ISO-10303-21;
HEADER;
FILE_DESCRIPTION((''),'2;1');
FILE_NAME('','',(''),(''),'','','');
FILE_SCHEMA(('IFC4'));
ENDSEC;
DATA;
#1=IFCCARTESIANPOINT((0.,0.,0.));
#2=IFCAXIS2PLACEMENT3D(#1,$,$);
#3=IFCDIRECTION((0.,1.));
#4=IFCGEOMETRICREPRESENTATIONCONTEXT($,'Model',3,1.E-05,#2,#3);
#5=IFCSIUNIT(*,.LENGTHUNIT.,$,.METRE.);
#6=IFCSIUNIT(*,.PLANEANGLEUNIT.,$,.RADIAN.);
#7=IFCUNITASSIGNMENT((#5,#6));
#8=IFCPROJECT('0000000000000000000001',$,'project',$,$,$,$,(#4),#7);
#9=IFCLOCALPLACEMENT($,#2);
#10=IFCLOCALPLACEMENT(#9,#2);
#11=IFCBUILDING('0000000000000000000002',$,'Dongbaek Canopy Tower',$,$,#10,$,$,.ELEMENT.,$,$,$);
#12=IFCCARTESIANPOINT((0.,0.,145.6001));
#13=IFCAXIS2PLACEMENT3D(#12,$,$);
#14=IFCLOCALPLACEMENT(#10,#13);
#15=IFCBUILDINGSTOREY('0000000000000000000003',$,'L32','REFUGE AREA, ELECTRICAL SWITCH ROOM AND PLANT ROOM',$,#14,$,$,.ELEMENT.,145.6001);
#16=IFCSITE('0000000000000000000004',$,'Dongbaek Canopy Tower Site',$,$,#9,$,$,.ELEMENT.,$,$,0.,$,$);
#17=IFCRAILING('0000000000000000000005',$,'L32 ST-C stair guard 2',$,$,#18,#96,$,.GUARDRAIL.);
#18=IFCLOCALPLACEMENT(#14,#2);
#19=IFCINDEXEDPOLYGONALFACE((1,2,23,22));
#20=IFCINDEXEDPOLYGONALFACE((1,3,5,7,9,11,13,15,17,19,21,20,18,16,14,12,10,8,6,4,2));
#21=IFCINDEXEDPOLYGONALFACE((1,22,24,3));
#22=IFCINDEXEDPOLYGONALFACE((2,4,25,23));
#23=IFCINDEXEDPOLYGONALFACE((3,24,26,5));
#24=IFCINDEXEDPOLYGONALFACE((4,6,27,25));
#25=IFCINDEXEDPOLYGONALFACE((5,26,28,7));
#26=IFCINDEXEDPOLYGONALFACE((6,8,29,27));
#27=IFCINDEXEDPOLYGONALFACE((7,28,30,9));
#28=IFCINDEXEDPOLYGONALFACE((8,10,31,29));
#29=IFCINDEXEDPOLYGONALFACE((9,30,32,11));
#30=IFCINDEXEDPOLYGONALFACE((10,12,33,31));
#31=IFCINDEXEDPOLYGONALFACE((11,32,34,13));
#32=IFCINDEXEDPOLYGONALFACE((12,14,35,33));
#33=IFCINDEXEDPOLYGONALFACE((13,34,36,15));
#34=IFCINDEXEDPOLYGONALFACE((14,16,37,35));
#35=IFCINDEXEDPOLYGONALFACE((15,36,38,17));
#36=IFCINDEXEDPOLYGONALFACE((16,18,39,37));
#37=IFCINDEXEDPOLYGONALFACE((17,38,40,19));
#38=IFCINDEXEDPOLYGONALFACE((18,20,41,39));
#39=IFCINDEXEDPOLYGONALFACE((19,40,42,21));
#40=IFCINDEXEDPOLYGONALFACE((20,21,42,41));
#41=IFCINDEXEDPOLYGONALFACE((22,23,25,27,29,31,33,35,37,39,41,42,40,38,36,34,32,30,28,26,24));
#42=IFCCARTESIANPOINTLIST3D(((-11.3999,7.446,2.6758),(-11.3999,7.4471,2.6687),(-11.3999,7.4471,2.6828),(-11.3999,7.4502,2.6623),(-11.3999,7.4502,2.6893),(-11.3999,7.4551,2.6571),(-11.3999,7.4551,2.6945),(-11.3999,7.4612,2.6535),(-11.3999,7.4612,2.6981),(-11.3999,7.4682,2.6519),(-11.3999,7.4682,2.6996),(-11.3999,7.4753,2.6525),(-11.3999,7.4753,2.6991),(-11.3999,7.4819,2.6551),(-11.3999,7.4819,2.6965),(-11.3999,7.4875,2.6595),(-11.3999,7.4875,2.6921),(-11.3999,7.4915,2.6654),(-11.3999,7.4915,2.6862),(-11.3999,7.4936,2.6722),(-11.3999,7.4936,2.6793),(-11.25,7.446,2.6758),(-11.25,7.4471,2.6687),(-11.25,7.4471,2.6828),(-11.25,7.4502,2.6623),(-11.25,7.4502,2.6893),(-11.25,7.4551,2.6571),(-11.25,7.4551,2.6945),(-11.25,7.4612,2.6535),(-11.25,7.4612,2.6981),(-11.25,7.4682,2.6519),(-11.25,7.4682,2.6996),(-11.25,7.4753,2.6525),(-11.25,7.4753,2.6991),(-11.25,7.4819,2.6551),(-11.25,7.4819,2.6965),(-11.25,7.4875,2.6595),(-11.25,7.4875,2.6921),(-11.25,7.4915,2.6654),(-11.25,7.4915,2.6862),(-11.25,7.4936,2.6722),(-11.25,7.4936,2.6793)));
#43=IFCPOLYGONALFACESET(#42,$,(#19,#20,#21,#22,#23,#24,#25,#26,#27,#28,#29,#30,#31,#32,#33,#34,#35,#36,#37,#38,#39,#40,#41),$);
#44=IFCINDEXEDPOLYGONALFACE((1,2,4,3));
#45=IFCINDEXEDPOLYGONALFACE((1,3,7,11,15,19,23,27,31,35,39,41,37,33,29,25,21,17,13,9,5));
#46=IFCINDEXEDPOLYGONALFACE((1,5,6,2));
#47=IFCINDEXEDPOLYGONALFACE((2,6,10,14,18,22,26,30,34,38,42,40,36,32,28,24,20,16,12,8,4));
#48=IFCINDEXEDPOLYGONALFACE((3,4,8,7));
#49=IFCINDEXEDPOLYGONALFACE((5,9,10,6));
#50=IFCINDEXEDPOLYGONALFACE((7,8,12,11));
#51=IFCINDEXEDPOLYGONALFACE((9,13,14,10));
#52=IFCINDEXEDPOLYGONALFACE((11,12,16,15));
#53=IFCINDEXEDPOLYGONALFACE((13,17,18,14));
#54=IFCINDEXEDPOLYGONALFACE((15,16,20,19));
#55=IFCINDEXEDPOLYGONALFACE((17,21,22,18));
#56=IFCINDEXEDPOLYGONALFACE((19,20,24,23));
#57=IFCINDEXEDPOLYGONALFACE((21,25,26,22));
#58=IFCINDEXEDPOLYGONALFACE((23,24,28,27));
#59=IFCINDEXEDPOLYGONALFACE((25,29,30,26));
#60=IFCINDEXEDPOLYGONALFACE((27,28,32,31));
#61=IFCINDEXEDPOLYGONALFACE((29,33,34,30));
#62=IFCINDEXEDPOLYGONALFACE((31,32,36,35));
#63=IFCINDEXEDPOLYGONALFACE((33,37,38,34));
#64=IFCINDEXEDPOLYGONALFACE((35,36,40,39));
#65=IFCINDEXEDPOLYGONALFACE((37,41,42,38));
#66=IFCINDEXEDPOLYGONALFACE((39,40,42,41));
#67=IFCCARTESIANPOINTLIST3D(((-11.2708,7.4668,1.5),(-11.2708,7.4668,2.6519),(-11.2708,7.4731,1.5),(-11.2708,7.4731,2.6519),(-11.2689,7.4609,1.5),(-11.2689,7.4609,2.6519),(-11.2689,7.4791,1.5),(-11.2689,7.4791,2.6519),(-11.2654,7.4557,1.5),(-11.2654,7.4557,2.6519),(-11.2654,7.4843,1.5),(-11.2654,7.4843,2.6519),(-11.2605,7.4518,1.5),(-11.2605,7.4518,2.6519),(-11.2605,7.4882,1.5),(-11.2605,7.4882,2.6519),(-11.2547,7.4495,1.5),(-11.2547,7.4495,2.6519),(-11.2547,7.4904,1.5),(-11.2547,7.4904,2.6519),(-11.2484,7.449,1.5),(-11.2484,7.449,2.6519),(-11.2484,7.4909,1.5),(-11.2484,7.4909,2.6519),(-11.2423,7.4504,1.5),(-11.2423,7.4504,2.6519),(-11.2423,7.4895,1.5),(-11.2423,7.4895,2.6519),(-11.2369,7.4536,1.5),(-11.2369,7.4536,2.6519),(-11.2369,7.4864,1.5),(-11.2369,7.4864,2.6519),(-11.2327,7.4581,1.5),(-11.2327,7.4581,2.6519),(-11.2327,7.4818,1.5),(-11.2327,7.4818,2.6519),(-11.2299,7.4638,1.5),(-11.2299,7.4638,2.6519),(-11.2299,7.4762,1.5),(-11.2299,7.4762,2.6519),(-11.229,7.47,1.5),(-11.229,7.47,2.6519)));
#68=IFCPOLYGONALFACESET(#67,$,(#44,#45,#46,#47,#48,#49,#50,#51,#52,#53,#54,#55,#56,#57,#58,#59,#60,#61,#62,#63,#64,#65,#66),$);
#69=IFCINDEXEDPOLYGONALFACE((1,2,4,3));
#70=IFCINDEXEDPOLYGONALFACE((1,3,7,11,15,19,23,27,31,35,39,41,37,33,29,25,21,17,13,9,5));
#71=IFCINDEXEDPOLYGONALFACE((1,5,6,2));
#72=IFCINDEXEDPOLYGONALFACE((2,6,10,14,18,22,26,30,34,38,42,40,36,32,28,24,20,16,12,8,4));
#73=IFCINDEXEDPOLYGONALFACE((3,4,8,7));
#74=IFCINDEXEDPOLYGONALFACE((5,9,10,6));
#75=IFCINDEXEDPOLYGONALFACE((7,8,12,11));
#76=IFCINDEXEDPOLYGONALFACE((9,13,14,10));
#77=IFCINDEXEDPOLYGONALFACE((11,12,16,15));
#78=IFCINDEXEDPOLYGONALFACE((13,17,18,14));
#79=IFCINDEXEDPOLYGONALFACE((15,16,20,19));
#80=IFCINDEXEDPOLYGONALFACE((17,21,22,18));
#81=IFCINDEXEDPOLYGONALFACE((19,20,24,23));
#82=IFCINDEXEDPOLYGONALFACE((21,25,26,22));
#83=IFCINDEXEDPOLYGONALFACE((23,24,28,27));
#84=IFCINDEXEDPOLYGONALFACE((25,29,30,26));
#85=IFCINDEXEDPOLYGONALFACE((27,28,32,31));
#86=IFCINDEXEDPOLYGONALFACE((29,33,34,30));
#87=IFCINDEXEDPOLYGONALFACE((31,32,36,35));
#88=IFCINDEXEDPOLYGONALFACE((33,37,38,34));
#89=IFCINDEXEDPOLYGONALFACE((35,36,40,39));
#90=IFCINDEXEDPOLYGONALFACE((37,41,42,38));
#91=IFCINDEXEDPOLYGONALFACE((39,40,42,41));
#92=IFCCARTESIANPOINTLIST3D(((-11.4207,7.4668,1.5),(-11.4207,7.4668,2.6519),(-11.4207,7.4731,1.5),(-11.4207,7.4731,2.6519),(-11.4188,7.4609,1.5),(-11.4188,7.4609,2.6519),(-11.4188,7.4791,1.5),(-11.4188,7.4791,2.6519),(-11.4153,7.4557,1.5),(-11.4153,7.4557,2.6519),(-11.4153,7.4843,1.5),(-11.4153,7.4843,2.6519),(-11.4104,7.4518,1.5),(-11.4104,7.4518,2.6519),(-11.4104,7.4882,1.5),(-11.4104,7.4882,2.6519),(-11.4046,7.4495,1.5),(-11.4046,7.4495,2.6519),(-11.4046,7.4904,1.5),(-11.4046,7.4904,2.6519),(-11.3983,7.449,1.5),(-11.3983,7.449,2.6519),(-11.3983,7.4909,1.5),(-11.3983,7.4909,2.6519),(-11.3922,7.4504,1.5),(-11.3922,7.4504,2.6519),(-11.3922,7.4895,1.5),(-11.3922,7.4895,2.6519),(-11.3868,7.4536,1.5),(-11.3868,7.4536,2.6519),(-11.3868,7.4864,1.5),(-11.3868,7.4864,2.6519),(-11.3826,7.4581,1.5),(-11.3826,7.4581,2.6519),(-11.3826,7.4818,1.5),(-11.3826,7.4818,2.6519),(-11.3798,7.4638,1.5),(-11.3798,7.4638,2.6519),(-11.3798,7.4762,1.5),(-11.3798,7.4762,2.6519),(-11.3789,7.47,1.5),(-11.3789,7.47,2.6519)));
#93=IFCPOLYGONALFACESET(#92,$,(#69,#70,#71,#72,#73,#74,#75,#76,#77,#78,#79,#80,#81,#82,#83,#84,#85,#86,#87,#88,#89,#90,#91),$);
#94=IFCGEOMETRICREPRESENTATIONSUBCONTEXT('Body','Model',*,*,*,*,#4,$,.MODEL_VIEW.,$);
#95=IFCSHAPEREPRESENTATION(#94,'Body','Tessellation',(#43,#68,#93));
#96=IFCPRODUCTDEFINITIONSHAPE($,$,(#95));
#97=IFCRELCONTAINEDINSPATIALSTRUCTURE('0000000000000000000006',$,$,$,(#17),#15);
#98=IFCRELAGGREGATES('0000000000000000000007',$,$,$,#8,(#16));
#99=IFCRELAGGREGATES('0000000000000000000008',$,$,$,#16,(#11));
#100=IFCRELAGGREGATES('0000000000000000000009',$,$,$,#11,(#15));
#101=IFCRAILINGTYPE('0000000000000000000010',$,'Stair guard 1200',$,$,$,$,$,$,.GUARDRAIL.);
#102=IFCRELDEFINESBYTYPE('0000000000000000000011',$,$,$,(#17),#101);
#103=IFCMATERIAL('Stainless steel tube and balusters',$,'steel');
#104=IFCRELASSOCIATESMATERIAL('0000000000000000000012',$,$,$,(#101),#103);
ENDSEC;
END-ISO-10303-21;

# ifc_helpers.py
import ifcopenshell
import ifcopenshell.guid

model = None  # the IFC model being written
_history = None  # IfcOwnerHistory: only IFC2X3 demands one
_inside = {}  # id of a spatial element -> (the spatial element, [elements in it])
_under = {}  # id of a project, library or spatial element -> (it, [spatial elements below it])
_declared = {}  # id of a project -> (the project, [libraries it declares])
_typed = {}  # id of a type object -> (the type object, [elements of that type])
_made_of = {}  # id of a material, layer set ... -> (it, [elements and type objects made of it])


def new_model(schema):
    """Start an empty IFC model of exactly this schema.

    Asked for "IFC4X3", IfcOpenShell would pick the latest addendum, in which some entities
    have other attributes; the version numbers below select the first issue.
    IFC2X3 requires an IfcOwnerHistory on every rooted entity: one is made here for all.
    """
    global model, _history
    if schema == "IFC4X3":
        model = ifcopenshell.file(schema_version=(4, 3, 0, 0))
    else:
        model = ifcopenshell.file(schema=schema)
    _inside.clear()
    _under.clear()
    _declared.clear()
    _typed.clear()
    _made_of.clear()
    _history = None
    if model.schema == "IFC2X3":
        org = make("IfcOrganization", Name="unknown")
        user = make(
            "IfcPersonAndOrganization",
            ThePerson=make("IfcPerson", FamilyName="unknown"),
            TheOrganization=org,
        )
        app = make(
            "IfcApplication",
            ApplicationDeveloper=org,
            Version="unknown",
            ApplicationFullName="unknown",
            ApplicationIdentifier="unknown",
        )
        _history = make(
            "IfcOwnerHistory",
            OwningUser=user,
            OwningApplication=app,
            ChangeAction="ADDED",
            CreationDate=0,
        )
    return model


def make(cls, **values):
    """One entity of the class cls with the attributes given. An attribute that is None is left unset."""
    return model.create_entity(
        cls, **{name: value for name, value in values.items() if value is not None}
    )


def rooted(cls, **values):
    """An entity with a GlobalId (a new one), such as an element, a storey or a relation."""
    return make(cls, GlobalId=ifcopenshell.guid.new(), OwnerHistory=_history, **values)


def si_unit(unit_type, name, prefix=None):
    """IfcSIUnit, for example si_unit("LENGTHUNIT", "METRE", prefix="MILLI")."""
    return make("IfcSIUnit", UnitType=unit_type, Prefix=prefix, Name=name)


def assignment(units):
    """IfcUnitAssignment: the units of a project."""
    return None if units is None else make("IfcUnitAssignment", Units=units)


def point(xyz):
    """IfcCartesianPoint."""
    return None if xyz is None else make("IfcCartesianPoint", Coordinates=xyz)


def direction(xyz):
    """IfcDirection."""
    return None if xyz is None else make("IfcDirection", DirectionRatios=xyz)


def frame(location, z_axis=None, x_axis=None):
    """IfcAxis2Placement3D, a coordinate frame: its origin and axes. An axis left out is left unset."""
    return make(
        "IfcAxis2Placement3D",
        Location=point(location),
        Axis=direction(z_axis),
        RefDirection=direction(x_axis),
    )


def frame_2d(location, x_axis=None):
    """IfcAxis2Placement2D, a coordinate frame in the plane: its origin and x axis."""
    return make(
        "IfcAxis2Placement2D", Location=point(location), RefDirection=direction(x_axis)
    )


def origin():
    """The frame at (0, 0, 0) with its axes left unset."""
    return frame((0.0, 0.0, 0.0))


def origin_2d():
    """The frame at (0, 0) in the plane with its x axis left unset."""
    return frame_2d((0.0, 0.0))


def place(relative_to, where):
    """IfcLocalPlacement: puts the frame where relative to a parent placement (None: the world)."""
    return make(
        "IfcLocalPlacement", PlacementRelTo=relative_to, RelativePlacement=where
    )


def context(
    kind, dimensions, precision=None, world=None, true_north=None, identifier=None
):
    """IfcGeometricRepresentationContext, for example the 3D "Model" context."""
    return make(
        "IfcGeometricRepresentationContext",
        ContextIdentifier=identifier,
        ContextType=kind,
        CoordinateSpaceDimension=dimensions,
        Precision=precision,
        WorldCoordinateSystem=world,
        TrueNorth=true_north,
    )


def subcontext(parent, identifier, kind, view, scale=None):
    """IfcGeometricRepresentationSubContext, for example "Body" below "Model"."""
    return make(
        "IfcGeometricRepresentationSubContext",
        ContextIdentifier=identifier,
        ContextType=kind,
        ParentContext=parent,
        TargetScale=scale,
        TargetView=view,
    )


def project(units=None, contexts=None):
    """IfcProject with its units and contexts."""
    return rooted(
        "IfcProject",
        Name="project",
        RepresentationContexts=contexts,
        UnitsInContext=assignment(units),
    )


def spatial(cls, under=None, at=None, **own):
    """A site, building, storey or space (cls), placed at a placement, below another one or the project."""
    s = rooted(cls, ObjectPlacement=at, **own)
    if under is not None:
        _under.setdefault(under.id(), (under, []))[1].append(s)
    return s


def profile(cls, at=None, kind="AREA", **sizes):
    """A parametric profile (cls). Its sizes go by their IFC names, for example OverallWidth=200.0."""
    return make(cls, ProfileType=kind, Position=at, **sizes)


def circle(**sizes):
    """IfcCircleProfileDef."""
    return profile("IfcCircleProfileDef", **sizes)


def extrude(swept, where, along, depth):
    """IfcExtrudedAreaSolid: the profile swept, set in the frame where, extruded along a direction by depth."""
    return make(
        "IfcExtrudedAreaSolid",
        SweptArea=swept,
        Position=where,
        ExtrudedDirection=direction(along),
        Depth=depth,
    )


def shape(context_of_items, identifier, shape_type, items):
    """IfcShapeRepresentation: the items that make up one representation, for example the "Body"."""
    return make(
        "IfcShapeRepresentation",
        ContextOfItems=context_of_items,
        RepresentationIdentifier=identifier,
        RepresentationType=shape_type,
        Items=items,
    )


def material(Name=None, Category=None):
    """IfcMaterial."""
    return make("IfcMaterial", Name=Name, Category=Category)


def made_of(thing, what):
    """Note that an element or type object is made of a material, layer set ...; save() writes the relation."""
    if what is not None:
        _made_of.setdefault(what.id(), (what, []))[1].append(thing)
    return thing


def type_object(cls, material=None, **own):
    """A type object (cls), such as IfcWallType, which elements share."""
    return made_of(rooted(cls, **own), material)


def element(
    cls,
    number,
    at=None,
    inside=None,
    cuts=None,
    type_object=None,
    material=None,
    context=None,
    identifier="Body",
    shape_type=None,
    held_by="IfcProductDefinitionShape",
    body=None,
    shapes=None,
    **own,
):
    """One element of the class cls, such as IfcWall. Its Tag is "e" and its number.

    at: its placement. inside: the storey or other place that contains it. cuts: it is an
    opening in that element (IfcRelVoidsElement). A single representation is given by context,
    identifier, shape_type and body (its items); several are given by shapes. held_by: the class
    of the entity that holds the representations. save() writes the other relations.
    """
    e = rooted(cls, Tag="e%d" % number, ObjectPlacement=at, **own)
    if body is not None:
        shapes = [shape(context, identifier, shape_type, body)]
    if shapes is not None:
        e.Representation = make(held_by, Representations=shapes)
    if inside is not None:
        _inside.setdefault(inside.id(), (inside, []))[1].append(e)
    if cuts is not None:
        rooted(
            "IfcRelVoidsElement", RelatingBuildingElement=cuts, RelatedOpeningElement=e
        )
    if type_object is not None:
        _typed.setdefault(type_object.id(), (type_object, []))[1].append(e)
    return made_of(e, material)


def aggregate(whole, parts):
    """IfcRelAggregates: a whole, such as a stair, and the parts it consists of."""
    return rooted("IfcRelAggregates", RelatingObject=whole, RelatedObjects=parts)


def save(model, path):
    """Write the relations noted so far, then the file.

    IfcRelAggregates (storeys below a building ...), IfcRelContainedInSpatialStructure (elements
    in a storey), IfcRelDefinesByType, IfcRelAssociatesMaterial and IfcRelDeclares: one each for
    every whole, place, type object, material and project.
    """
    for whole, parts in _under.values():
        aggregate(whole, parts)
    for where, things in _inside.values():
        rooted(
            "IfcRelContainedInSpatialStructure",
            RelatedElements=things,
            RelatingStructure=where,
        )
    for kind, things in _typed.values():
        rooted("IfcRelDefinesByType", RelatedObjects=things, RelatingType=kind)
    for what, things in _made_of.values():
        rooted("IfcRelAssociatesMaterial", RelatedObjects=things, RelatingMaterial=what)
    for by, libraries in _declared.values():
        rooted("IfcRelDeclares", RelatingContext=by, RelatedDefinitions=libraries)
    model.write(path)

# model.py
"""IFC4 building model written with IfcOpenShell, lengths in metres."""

from ifc_helpers import new_model, si_unit, direction, frame, origin, origin_2d, place, context, subcontext, project, spatial, circle, extrude, material, type_object, element, save


model = new_model("IFC4")

# Units and contexts
model_context = context("Model", 3, precision=1e-05, world=origin(), true_north=direction((0.0, 1.0)))
body_context = subcontext(model_context, "Body", "Model", "MODEL_VIEW")
ifc_project = project(units=[si_unit("LENGTHUNIT", "METRE"), si_unit("PLANEANGLEUNIT", "RADIAN")], contexts=[model_context])

# Site, building, storey
site_placement = place(None, origin())
site = spatial("IfcSite", under=ifc_project, at=site_placement, Name="Dongbaek Canopy Tower Site", CompositionType="ELEMENT", RefElevation=0.0)
building_placement = place(site_placement, origin())
building = spatial("IfcBuilding", under=site, at=building_placement, Name="Dongbaek Canopy Tower", CompositionType="ELEMENT")
storey_placement = place(building_placement, frame((0.0, 0.0, 145.6001)))
storey = spatial("IfcBuildingStorey", under=building, at=storey_placement, Name="L32", Description="REFUGE AREA, ELECTRICAL SWITCH ROOM AND PLANT ROOM", CompositionType="ELEMENT", Elevation=145.6001)

# Railing
ifc_material_1 = material(Name="Stainless steel tube and balusters", Category="steel")
railing_type_1 = type_object("IfcRailingType", Name="Stair guard 1200", PredefinedType="GUARDRAIL", material=ifc_material_1)
railing_1_placement = place(storey_placement, frame((-11.25, 7.47, 1.5)))
element("IfcRailing", 1, at=railing_1_placement, inside=storey, type_object=railing_type_1, Name="L32 ST-C stair guard 2", PredefinedType="GUARDRAIL", context=body_context, shape_type="SweptSolid", body=[
    extrude(circle(Radius=0.0239, at=origin_2d()), frame((0.0, 0.0, 1.1758), z_axis=(-1.0, 0.0, 0.0), x_axis=(0.0, -1.0, 0.0)), (0.0, 0.0, 1.0), 0.1499),
    extrude(circle(Radius=0.021, at=origin_2d()), origin(), (0.0, 0.0, 1.0), 1.1519),
    extrude(circle(Radius=0.021, at=origin_2d()), frame((-0.1499, 0.0, 0.0)), (0.0, 0.0, 1.0), 1.1519),
])

save(model, "model.ifc")
